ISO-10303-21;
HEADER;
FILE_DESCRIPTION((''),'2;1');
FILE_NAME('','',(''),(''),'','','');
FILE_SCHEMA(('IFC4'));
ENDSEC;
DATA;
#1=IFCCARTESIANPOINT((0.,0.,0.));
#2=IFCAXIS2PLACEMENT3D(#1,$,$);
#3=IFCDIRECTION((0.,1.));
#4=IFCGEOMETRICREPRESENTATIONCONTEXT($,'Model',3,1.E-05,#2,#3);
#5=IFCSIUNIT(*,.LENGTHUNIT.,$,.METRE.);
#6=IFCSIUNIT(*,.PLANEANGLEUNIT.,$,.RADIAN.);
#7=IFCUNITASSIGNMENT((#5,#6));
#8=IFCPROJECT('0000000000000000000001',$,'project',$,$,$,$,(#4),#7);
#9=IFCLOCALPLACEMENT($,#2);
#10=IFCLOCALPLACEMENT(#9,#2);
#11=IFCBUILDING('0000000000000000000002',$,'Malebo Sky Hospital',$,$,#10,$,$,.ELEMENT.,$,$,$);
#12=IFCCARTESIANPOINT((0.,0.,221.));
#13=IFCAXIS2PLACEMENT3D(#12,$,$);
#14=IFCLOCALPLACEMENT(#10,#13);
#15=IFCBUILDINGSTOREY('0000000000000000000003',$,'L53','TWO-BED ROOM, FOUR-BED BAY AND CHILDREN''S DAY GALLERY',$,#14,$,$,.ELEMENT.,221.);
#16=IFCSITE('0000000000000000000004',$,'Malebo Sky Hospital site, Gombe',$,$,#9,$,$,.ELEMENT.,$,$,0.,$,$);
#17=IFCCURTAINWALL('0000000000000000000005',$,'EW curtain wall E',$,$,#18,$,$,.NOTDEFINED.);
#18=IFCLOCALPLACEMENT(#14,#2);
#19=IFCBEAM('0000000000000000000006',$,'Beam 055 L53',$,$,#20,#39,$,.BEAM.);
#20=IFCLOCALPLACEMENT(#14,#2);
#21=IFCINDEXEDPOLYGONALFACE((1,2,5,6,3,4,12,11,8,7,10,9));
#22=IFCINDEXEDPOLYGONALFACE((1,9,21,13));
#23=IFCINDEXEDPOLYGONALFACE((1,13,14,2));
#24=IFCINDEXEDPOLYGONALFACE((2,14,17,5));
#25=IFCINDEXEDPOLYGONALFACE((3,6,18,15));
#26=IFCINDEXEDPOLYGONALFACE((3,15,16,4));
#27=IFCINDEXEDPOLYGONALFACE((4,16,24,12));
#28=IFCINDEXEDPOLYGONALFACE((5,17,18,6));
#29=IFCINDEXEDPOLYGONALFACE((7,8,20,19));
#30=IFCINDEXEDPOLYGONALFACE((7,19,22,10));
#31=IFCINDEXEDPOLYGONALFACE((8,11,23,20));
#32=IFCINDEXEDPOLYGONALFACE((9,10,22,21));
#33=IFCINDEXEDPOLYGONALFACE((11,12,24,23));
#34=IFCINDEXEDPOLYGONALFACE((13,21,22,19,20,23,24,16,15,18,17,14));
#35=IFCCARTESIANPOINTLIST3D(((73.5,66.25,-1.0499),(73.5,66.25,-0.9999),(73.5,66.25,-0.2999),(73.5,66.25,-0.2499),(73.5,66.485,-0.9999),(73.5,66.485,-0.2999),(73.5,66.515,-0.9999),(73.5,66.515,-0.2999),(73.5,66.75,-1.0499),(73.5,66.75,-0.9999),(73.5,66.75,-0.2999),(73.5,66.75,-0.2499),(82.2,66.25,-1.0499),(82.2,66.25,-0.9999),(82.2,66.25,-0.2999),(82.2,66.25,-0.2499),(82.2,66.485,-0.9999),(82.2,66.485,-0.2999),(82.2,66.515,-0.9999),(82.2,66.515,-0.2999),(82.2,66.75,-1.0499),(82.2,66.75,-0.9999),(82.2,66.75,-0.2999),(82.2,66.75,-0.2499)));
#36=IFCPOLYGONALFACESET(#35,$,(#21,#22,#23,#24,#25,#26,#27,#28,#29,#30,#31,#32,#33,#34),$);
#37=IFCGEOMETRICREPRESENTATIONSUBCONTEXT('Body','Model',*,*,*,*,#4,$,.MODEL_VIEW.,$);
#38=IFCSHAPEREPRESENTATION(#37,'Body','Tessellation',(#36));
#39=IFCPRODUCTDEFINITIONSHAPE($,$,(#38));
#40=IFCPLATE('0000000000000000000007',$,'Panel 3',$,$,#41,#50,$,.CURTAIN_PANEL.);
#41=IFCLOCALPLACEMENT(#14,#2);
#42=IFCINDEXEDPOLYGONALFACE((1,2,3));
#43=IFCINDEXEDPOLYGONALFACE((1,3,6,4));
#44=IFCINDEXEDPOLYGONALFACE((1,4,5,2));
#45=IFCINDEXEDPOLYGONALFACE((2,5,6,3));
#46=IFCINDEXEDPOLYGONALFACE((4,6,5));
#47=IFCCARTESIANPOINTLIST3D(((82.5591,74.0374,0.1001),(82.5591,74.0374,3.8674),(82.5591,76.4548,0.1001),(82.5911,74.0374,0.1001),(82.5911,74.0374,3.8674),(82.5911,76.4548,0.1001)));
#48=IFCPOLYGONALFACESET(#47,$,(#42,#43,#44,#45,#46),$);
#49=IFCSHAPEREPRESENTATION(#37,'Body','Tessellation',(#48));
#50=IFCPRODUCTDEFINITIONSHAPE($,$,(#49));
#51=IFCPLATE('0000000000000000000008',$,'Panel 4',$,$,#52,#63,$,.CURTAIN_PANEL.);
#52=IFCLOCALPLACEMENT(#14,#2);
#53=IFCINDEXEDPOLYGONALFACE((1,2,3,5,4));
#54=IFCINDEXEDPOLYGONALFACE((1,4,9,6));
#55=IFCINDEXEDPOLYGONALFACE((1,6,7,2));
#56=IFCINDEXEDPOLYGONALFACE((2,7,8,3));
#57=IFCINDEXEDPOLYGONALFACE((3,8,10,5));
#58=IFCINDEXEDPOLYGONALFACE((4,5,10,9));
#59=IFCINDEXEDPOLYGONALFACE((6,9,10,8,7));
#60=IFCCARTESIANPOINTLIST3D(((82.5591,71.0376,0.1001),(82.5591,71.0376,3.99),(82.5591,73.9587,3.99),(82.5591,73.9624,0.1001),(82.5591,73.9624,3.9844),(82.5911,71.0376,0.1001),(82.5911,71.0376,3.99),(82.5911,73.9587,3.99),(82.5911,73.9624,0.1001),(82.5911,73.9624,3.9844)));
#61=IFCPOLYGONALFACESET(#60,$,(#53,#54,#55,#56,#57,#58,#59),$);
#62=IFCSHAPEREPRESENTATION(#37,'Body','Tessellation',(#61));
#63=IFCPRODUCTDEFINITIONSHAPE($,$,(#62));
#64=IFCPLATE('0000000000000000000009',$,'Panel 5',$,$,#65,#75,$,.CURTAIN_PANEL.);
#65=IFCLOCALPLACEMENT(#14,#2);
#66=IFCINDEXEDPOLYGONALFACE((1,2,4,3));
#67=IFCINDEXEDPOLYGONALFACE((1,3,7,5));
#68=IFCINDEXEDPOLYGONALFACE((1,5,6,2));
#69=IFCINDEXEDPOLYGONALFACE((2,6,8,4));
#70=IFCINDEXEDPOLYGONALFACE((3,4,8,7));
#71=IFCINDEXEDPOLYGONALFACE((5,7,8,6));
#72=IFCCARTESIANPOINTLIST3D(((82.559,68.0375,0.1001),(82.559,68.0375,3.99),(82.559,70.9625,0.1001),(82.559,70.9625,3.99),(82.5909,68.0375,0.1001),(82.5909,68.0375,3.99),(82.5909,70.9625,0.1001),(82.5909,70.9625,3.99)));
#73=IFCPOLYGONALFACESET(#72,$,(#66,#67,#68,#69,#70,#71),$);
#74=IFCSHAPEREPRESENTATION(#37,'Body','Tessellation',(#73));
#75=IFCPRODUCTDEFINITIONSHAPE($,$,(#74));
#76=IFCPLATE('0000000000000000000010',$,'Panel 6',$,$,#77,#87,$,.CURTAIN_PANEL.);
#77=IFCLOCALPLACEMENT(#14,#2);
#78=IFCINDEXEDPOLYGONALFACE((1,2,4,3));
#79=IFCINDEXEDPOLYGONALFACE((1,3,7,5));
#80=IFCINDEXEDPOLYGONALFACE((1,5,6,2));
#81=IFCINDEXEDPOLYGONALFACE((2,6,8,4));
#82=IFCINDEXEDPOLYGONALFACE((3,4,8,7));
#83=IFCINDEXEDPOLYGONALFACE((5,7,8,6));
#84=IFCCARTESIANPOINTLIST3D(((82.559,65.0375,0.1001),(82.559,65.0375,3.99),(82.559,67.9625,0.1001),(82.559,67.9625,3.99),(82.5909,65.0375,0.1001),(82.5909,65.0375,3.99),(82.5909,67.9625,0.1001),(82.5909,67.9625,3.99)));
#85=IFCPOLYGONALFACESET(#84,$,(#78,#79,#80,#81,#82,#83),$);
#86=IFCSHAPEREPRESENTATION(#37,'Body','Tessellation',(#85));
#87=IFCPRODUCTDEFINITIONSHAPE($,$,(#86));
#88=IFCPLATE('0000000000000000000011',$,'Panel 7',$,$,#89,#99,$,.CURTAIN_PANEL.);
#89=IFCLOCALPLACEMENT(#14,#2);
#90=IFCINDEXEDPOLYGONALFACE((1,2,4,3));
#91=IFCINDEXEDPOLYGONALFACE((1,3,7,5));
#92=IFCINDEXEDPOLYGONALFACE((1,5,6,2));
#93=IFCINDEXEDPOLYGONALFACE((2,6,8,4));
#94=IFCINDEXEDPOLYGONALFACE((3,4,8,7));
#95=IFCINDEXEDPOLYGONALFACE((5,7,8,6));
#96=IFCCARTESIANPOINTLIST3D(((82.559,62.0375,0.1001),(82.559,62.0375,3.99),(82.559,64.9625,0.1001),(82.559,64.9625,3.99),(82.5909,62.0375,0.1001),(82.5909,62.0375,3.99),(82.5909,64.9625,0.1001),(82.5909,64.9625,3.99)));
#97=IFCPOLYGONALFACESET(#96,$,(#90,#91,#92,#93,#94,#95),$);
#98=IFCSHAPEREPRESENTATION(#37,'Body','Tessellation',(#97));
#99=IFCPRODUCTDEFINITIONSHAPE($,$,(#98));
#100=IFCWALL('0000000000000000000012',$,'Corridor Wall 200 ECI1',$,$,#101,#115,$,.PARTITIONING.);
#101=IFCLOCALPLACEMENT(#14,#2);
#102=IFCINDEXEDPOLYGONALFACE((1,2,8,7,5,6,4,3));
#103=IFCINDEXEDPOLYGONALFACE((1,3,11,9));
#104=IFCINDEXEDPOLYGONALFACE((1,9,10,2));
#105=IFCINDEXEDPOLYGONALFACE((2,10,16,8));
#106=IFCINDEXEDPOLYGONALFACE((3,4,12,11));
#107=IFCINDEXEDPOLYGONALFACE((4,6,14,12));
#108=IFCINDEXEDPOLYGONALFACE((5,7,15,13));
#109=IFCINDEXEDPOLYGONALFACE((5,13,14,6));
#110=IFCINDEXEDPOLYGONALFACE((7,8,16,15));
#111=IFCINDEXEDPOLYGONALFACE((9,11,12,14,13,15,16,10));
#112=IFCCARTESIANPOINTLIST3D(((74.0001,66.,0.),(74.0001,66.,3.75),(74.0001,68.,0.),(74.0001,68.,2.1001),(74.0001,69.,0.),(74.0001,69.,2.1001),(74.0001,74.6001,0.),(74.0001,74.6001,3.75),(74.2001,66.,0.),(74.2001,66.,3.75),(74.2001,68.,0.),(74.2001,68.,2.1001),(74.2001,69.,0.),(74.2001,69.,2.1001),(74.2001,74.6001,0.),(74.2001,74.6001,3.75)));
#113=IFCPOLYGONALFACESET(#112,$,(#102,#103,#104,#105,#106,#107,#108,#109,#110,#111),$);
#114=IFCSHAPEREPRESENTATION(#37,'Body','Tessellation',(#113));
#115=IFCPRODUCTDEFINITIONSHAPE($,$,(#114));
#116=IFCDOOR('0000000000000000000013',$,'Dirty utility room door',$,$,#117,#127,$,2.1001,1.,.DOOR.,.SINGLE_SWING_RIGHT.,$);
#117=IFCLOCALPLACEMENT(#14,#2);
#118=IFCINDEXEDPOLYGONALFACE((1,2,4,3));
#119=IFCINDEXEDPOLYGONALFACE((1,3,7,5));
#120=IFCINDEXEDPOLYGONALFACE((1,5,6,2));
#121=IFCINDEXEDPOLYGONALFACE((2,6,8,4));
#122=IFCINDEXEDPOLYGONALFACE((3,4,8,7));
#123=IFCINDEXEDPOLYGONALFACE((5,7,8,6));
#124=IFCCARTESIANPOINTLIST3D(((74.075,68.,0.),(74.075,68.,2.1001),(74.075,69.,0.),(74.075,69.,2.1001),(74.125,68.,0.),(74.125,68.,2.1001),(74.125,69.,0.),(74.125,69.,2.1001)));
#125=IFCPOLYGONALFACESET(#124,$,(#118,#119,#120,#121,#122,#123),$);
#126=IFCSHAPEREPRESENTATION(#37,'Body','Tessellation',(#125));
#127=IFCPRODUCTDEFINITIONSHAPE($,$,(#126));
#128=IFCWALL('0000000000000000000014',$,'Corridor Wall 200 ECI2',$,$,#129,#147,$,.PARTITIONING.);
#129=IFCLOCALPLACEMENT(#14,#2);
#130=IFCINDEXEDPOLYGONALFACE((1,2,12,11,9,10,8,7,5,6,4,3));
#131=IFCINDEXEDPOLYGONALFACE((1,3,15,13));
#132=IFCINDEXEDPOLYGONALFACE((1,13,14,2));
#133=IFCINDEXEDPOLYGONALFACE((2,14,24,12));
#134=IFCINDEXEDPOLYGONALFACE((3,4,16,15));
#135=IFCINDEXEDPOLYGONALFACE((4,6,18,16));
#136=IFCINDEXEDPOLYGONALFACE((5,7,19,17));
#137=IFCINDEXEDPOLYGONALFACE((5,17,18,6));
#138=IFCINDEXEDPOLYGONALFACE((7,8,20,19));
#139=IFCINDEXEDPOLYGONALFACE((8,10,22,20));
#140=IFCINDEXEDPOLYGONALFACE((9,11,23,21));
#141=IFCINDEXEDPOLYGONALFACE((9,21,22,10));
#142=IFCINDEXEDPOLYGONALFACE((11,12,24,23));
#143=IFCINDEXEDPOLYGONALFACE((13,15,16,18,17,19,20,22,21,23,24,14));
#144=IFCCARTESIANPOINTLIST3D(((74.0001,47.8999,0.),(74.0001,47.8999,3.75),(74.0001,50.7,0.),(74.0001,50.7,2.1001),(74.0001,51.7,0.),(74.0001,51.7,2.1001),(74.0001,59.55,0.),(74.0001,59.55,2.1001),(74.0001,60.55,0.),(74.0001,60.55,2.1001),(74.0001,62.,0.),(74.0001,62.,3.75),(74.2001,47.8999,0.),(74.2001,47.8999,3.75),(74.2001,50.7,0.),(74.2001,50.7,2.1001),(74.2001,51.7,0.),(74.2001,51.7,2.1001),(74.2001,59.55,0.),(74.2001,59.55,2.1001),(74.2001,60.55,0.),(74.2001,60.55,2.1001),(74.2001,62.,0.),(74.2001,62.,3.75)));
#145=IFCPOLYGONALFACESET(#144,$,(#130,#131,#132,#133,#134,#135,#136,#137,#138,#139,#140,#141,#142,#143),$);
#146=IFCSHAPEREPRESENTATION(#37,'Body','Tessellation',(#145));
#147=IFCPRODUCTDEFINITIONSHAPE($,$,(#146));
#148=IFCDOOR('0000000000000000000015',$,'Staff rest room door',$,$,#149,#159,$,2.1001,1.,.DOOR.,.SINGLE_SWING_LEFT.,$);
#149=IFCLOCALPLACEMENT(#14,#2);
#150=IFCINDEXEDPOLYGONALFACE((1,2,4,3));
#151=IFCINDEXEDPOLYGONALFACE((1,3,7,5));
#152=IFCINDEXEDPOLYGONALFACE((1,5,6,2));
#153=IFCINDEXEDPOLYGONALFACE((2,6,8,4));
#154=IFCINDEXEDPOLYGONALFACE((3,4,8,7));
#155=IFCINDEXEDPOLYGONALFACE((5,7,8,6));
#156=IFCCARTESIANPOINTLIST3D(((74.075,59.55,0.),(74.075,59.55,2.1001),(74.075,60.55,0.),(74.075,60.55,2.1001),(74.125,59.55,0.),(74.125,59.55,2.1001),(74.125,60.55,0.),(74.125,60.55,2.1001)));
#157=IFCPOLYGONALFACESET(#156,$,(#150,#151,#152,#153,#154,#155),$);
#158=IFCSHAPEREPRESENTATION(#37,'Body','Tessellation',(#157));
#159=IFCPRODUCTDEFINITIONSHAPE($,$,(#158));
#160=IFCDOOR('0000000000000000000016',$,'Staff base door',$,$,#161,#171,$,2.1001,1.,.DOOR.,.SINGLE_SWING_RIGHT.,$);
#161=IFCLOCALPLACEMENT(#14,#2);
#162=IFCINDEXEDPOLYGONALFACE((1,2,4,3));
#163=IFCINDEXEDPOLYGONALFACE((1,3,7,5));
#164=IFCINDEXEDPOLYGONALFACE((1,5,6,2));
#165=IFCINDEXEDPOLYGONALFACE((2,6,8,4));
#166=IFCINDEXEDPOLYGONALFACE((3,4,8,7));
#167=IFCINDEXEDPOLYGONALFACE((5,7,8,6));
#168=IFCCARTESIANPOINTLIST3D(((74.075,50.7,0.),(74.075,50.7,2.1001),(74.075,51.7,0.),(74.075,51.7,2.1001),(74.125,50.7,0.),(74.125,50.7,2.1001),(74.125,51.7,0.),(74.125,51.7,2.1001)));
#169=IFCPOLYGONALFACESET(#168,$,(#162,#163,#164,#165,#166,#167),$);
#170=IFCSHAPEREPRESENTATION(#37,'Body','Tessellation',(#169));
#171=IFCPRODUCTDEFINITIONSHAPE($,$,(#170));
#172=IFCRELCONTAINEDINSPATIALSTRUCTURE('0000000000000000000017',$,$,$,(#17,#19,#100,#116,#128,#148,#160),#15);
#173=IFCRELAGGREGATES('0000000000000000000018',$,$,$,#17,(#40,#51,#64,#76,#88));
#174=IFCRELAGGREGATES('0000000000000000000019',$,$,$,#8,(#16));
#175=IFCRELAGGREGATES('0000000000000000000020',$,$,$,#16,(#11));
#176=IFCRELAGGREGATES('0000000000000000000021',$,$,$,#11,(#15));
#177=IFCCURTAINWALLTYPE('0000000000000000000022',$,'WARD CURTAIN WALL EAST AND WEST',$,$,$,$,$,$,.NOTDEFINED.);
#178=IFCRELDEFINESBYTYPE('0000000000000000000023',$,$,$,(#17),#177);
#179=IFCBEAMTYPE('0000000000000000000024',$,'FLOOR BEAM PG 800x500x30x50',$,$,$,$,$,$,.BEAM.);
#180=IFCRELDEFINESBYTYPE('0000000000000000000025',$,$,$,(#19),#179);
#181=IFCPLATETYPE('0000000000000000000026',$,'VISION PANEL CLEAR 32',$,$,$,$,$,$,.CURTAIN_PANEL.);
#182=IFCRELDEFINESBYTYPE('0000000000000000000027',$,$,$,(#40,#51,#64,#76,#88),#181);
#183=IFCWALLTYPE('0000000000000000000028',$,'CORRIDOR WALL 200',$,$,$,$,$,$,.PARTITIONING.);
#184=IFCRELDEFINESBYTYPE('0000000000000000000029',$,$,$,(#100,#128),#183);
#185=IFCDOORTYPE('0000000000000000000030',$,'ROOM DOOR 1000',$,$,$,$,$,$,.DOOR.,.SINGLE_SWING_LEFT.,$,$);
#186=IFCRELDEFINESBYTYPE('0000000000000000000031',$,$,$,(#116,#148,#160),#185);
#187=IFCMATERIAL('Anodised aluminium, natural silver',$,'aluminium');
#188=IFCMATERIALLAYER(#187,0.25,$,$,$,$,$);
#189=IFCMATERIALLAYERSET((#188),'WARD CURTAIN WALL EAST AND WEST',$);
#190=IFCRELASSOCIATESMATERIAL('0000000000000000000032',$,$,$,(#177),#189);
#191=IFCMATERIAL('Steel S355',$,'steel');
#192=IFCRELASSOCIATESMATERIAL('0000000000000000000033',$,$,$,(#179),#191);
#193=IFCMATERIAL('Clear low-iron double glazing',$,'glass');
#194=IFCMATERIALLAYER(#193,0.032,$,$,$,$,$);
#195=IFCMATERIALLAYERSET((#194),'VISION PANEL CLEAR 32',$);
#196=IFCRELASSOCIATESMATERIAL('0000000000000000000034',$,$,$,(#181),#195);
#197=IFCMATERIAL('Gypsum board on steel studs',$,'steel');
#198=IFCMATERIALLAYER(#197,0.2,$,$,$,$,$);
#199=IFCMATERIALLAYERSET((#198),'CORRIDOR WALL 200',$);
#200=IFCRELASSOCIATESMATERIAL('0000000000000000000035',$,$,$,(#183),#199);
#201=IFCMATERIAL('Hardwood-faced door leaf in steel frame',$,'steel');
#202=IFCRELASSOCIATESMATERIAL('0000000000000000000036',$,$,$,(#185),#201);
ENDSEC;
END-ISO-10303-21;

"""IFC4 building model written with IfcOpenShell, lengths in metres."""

from ifc_helpers import new_model, si_unit, direction, frame, frame_2d, origin, origin_2d, place, context, subcontext, project, spatial, polyline, rectangle, i_section, outline, extrude, material, layer, layer_set, material_profile, profile_set, type_object, element, fill, aggregate, save


model = new_model("IFC4")

# Units and contexts
model_context = context("Model", 3, precision=1e-05, world=origin(), true_north=direction((0.0, 1.0)))
body_context = subcontext(model_context, "Body", "Model", "MODEL_VIEW")
ifc_project = project(units=[si_unit("LENGTHUNIT", "METRE"), si_unit("PLANEANGLEUNIT", "RADIAN")], contexts=[model_context])

# Site, building, storey
site_placement = place(None, origin())
site = spatial("IfcSite", under=ifc_project, at=site_placement, Name="Malebo Sky Hospital site, Gombe", CompositionType="ELEMENT", RefElevation=0.0)
building_placement = place(site_placement, origin())
building = spatial("IfcBuilding", under=site, at=building_placement, Name="Malebo Sky Hospital", CompositionType="ELEMENT")
storey_placement = place(building_placement, frame((0.0, 0.0, 221.0)))
storey = spatial("IfcBuildingStorey", under=building, at=storey_placement, Name="L53", Description="TWO-BED ROOM, FOUR-BED BAY AND CHILDREN'S DAY GALLERY", CompositionType="ELEMENT", Elevation=221.0)

# Curtain wall
ifc_material_1 = material(Name="Anodised aluminium, natural silver", Category="aluminium")
ifc_layer_1 = layer(ifc_material_1, 0.25)
ifc_layer_set_1 = layer_set([ifc_layer_1], Name="WARD CURTAIN WALL EAST AND WEST")
curtain_wall_type = type_object("IfcCurtainWallType", Name="WARD CURTAIN WALL EAST AND WEST", PredefinedType="NOTDEFINED", material=ifc_layer_set_1)
curtain_wall_placement = place(storey_placement, origin())
curtain_wall = element("IfcCurtainWall", 1, at=curtain_wall_placement, inside=storey, type_object=curtain_wall_type, Name="EW curtain wall E", PredefinedType="NOTDEFINED")

# Beam
ifc_material_2 = material(Name="Steel S355", Category="steel")
ifc_material_profile_1 = material_profile(ifc_material_2, i_section(OverallWidth=0.5, OverallDepth=0.8, WebThickness=0.03, FlangeThickness=0.05, at=origin_2d()), Name="PG 800x500x30x50")
ifc_profile_set_1 = profile_set([ifc_material_profile_1], Name="Steel S355")
beam_type_1 = type_object("IfcBeamType", Name="FLOOR BEAM PG 800x500x30x50", PredefinedType="BEAM", material=ifc_profile_set_1)
beam_1_placement = place(storey_placement, frame((73.5, 66.5, -0.6499), z_axis=(1.0, 0.0, 0.0), x_axis=(0.0, 1.0, 0.0)))
element("IfcBeam", 2, at=beam_1_placement, inside=storey, type_object=beam_type_1, Name="Beam 055 L53", PredefinedType="BEAM", context=body_context, shape_type="SweptSolid", body=[
    extrude(i_section(OverallWidth=0.5, OverallDepth=0.8, WebThickness=0.03, FlangeThickness=0.05, at=origin_2d()), origin(), (0.0, 0.0, 1.0), 8.7),
])

# Plates
ifc_material_3 = material(Name="Clear low-iron double glazing", Category="glass")
ifc_layer_2 = layer(ifc_material_3, 0.032)
ifc_layer_set_2 = layer_set([ifc_layer_2], Name="VISION PANEL CLEAR 32")
plate_type = type_object("IfcPlateType", Name="VISION PANEL CLEAR 32", PredefinedType="CURTAIN_PANEL", material=ifc_layer_set_2)
plate_1_placement = place(storey_placement, frame((82.575, 75.2461, 0.1001), z_axis=(0.0, 0.0, 1.0), x_axis=(0.0, -1.0, 0.0)))
plate_1 = element("IfcPlate", 3, at=plate_1_placement, type_object=plate_type, Name="Panel 3", PredefinedType="CURTAIN_PANEL", context=body_context, shape_type="SweptSolid", body=[
    extrude(outline(polyline([(-1.2087, 0.0), (1.2087, 0.0), (1.2087, 3.7673), (-1.2087, 0.0)])), frame((0.0, 0.0161, 0.0), z_axis=(0.0, -1.0, 0.0), x_axis=(1.0, 0.0, 0.0)), (0.0, 0.0, 1.0), 0.032),
])
plate_2_placement = place(storey_placement, frame((82.575, 72.5, 0.1001), z_axis=(0.0, 0.0, 1.0), x_axis=(0.0, -1.0, 0.0)))
plate_2 = element("IfcPlate", 4, at=plate_2_placement, type_object=plate_type, Name="Panel 4", PredefinedType="CURTAIN_PANEL", context=body_context, shape_type="SweptSolid", body=[
    extrude(outline(polyline([(-1.4624, 0.0), (1.4624, 0.0), (1.4624, 3.8899), (-1.4587, 3.8899), (-1.4624, 3.8843), (-1.4624, 0.0)])), frame((0.0, 0.0161, 0.0), z_axis=(0.0, -1.0, 0.0), x_axis=(1.0, 0.0, 0.0)), (0.0, 0.0, 1.0), 0.032),
])
plate_3_placement = place(storey_placement, frame((82.575, 69.5, 0.1001), z_axis=(0.0, 0.0, 1.0), x_axis=(0.0, -1.0, 0.0)))
plate_3 = element("IfcPlate", 5, at=plate_3_placement, type_object=plate_type, Name="Panel 5", PredefinedType="CURTAIN_PANEL", context=body_context, shape_type="SweptSolid", body=[
    extrude(rectangle(XDim=2.925, YDim=0.032, at=origin_2d()), origin(), (0.0, 0.0, 1.0), 3.8899),
])
plate_4_placement = place(storey_placement, frame((82.575, 66.5, 0.1001), z_axis=(0.0, 0.0, 1.0), x_axis=(0.0, -1.0, 0.0)))
plate_4 = element("IfcPlate", 6, at=plate_4_placement, type_object=plate_type, Name="Panel 6", PredefinedType="CURTAIN_PANEL", context=body_context, shape_type="SweptSolid", body=[
    extrude(rectangle(XDim=2.925, YDim=0.032, at=origin_2d()), origin(), (0.0, 0.0, 1.0), 3.8899),
])
plate_5_placement = place(storey_placement, frame((82.575, 63.5, 0.1001), z_axis=(0.0, 0.0, 1.0), x_axis=(0.0, -1.0, 0.0)))
plate_5 = element("IfcPlate", 7, at=plate_5_placement, type_object=plate_type, Name="Panel 7", PredefinedType="CURTAIN_PANEL", context=body_context, shape_type="SweptSolid", body=[
    extrude(rectangle(XDim=2.925, YDim=0.032, at=origin_2d()), origin(), (0.0, 0.0, 1.0), 3.8899),
])
aggregate(curtain_wall, [plate_1, plate_2, plate_3, plate_4, plate_5])

# Wall, opening, door
ifc_material_4 = material(Name="Gypsum board on steel studs", Category="steel")
ifc_layer_3 = layer(ifc_material_4, 0.2)
ifc_layer_set_3 = layer_set([ifc_layer_3], Name="CORRIDOR WALL 200")
wall_type_1 = type_object("IfcWallType", Name="CORRIDOR WALL 200", PredefinedType="PARTITIONING", material=ifc_layer_set_3)
wall_1_placement = place(storey_placement, frame((74.1001, 74.6001, 0.0), z_axis=(0.0, 0.0, 1.0), x_axis=(0.0, -1.0, 0.0)))
wall_1 = element("IfcWall", 8, at=wall_1_placement, inside=storey, type_object=wall_type_1, Name="Corridor Wall 200 ECI1", PredefinedType="PARTITIONING", context=body_context, shape_type="SweptSolid", body=[
    extrude(rectangle(XDim=8.6001, YDim=0.2, at=frame_2d((4.3, 0.0))), origin(), (0.0, 0.0, 1.0), 3.75),
])
opening_1_placement = place(wall_1_placement, frame((5.6001, 0.0, 0.0)))
opening_1 = element("IfcOpeningElement", 9, at=opening_1_placement, cuts=wall_1, PredefinedType="OPENING", context=body_context, shape_type="SweptSolid", body=[
    extrude(rectangle(XDim=1.0, YDim=2.1001, at=frame_2d((0.5, 1.05))), frame((0.0, 0.1099, 0.0), z_axis=(0.0, -1.0, 0.0), x_axis=(1.0, 0.0, 0.0)), (0.0, 0.0, 1.0), 0.22),
])
ifc_material_5 = material(Name="Hardwood-faced door leaf in steel frame", Category="steel")
door_type_1 = type_object("IfcDoorType", Name="ROOM DOOR 1000", OperationType="SINGLE_SWING_LEFT", PredefinedType="DOOR", material=ifc_material_5)
door_1_placement = place(opening_1_placement, origin())
door_1 = element("IfcDoor", 10, at=door_1_placement, inside=storey, type_object=door_type_1, Name="Dirty utility room door", OperationType="SINGLE_SWING_RIGHT", OverallHeight=2.1001, OverallWidth=1.0, PredefinedType="DOOR", context=body_context, shape_type="SweptSolid", body=[
    extrude(rectangle(XDim=1.0, YDim=2.1001, at=frame_2d((0.5, 1.05))), frame((0.0, 0.0249, 0.0), z_axis=(0.0, -1.0, 0.0), x_axis=(1.0, 0.0, 0.0)), (0.0, 0.0, 1.0), 0.05),
])
fill(opening_1, door_1)

# Wall, openings, doors
wall_2_placement = place(storey_placement, frame((74.1001, 62.0, 0.0), z_axis=(0.0, 0.0, 1.0), x_axis=(0.0, -1.0, 0.0)))
wall_2 = element("IfcWall", 11, at=wall_2_placement, inside=storey, type_object=wall_type_1, Name="Corridor Wall 200 ECI2", PredefinedType="PARTITIONING", context=body_context, shape_type="SweptSolid", body=[
    extrude(rectangle(XDim=14.1001, YDim=0.2, at=frame_2d((7.05, 0.0))), origin(), (0.0, 0.0, 1.0), 3.75),
])
opening_2_placement = place(wall_2_placement, frame((1.45, 0.0, 0.0)))
opening_2 = element("IfcOpeningElement", 12, at=opening_2_placement, cuts=wall_2, PredefinedType="OPENING", context=body_context, shape_type="SweptSolid", body=[
    extrude(rectangle(XDim=1.0, YDim=2.1001, at=frame_2d((0.5, 1.05))), frame((0.0, 0.1099, 0.0), z_axis=(0.0, -1.0, 0.0), x_axis=(1.0, 0.0, 0.0)), (0.0, 0.0, 1.0), 0.22),
])
opening_3_placement = place(wall_2_placement, frame((10.3, 0.0, 0.0)))
opening_3 = element("IfcOpeningElement", 13, at=opening_3_placement, cuts=wall_2, PredefinedType="OPENING", context=body_context, shape_type="SweptSolid", body=[
    extrude(rectangle(XDim=1.0, YDim=2.1001, at=frame_2d((0.5, 1.05))), frame((0.0, 0.1099, 0.0), z_axis=(0.0, -1.0, 0.0), x_axis=(1.0, 0.0, 0.0)), (0.0, 0.0, 1.0), 0.22),
])
door_2_placement = place(opening_2_placement, origin())
door_2 = element("IfcDoor", 14, at=door_2_placement, inside=storey, type_object=door_type_1, Name="Staff rest room door", OperationType="SINGLE_SWING_LEFT", OverallHeight=2.1001, OverallWidth=1.0, PredefinedType="DOOR", context=body_context, shape_type="SweptSolid", body=[
    extrude(rectangle(XDim=1.0, YDim=2.1001, at=frame_2d((0.5, 1.05))), frame((0.0, 0.0249, 0.0), z_axis=(0.0, -1.0, 0.0), x_axis=(1.0, 0.0, 0.0)), (0.0, 0.0, 1.0), 0.05),
])
fill(opening_2, door_2)
door_3_placement = place(opening_3_placement, origin())
door_3 = element("IfcDoor", 15, at=door_3_placement, inside=storey, type_object=door_type_1, Name="Staff base door", OperationType="SINGLE_SWING_RIGHT", OverallHeight=2.1001, OverallWidth=1.0, PredefinedType="DOOR", context=body_context, shape_type="SweptSolid", body=[
    extrude(rectangle(XDim=1.0, YDim=2.1001, at=frame_2d((0.5, 1.05))), frame((0.0, 0.0249, 0.0), z_axis=(0.0, -1.0, 0.0), x_axis=(1.0, 0.0, 0.0)), (0.0, 0.0, 1.0), 0.05),
])
fill(opening_3, door_3)

save(model, "model.ifc")
